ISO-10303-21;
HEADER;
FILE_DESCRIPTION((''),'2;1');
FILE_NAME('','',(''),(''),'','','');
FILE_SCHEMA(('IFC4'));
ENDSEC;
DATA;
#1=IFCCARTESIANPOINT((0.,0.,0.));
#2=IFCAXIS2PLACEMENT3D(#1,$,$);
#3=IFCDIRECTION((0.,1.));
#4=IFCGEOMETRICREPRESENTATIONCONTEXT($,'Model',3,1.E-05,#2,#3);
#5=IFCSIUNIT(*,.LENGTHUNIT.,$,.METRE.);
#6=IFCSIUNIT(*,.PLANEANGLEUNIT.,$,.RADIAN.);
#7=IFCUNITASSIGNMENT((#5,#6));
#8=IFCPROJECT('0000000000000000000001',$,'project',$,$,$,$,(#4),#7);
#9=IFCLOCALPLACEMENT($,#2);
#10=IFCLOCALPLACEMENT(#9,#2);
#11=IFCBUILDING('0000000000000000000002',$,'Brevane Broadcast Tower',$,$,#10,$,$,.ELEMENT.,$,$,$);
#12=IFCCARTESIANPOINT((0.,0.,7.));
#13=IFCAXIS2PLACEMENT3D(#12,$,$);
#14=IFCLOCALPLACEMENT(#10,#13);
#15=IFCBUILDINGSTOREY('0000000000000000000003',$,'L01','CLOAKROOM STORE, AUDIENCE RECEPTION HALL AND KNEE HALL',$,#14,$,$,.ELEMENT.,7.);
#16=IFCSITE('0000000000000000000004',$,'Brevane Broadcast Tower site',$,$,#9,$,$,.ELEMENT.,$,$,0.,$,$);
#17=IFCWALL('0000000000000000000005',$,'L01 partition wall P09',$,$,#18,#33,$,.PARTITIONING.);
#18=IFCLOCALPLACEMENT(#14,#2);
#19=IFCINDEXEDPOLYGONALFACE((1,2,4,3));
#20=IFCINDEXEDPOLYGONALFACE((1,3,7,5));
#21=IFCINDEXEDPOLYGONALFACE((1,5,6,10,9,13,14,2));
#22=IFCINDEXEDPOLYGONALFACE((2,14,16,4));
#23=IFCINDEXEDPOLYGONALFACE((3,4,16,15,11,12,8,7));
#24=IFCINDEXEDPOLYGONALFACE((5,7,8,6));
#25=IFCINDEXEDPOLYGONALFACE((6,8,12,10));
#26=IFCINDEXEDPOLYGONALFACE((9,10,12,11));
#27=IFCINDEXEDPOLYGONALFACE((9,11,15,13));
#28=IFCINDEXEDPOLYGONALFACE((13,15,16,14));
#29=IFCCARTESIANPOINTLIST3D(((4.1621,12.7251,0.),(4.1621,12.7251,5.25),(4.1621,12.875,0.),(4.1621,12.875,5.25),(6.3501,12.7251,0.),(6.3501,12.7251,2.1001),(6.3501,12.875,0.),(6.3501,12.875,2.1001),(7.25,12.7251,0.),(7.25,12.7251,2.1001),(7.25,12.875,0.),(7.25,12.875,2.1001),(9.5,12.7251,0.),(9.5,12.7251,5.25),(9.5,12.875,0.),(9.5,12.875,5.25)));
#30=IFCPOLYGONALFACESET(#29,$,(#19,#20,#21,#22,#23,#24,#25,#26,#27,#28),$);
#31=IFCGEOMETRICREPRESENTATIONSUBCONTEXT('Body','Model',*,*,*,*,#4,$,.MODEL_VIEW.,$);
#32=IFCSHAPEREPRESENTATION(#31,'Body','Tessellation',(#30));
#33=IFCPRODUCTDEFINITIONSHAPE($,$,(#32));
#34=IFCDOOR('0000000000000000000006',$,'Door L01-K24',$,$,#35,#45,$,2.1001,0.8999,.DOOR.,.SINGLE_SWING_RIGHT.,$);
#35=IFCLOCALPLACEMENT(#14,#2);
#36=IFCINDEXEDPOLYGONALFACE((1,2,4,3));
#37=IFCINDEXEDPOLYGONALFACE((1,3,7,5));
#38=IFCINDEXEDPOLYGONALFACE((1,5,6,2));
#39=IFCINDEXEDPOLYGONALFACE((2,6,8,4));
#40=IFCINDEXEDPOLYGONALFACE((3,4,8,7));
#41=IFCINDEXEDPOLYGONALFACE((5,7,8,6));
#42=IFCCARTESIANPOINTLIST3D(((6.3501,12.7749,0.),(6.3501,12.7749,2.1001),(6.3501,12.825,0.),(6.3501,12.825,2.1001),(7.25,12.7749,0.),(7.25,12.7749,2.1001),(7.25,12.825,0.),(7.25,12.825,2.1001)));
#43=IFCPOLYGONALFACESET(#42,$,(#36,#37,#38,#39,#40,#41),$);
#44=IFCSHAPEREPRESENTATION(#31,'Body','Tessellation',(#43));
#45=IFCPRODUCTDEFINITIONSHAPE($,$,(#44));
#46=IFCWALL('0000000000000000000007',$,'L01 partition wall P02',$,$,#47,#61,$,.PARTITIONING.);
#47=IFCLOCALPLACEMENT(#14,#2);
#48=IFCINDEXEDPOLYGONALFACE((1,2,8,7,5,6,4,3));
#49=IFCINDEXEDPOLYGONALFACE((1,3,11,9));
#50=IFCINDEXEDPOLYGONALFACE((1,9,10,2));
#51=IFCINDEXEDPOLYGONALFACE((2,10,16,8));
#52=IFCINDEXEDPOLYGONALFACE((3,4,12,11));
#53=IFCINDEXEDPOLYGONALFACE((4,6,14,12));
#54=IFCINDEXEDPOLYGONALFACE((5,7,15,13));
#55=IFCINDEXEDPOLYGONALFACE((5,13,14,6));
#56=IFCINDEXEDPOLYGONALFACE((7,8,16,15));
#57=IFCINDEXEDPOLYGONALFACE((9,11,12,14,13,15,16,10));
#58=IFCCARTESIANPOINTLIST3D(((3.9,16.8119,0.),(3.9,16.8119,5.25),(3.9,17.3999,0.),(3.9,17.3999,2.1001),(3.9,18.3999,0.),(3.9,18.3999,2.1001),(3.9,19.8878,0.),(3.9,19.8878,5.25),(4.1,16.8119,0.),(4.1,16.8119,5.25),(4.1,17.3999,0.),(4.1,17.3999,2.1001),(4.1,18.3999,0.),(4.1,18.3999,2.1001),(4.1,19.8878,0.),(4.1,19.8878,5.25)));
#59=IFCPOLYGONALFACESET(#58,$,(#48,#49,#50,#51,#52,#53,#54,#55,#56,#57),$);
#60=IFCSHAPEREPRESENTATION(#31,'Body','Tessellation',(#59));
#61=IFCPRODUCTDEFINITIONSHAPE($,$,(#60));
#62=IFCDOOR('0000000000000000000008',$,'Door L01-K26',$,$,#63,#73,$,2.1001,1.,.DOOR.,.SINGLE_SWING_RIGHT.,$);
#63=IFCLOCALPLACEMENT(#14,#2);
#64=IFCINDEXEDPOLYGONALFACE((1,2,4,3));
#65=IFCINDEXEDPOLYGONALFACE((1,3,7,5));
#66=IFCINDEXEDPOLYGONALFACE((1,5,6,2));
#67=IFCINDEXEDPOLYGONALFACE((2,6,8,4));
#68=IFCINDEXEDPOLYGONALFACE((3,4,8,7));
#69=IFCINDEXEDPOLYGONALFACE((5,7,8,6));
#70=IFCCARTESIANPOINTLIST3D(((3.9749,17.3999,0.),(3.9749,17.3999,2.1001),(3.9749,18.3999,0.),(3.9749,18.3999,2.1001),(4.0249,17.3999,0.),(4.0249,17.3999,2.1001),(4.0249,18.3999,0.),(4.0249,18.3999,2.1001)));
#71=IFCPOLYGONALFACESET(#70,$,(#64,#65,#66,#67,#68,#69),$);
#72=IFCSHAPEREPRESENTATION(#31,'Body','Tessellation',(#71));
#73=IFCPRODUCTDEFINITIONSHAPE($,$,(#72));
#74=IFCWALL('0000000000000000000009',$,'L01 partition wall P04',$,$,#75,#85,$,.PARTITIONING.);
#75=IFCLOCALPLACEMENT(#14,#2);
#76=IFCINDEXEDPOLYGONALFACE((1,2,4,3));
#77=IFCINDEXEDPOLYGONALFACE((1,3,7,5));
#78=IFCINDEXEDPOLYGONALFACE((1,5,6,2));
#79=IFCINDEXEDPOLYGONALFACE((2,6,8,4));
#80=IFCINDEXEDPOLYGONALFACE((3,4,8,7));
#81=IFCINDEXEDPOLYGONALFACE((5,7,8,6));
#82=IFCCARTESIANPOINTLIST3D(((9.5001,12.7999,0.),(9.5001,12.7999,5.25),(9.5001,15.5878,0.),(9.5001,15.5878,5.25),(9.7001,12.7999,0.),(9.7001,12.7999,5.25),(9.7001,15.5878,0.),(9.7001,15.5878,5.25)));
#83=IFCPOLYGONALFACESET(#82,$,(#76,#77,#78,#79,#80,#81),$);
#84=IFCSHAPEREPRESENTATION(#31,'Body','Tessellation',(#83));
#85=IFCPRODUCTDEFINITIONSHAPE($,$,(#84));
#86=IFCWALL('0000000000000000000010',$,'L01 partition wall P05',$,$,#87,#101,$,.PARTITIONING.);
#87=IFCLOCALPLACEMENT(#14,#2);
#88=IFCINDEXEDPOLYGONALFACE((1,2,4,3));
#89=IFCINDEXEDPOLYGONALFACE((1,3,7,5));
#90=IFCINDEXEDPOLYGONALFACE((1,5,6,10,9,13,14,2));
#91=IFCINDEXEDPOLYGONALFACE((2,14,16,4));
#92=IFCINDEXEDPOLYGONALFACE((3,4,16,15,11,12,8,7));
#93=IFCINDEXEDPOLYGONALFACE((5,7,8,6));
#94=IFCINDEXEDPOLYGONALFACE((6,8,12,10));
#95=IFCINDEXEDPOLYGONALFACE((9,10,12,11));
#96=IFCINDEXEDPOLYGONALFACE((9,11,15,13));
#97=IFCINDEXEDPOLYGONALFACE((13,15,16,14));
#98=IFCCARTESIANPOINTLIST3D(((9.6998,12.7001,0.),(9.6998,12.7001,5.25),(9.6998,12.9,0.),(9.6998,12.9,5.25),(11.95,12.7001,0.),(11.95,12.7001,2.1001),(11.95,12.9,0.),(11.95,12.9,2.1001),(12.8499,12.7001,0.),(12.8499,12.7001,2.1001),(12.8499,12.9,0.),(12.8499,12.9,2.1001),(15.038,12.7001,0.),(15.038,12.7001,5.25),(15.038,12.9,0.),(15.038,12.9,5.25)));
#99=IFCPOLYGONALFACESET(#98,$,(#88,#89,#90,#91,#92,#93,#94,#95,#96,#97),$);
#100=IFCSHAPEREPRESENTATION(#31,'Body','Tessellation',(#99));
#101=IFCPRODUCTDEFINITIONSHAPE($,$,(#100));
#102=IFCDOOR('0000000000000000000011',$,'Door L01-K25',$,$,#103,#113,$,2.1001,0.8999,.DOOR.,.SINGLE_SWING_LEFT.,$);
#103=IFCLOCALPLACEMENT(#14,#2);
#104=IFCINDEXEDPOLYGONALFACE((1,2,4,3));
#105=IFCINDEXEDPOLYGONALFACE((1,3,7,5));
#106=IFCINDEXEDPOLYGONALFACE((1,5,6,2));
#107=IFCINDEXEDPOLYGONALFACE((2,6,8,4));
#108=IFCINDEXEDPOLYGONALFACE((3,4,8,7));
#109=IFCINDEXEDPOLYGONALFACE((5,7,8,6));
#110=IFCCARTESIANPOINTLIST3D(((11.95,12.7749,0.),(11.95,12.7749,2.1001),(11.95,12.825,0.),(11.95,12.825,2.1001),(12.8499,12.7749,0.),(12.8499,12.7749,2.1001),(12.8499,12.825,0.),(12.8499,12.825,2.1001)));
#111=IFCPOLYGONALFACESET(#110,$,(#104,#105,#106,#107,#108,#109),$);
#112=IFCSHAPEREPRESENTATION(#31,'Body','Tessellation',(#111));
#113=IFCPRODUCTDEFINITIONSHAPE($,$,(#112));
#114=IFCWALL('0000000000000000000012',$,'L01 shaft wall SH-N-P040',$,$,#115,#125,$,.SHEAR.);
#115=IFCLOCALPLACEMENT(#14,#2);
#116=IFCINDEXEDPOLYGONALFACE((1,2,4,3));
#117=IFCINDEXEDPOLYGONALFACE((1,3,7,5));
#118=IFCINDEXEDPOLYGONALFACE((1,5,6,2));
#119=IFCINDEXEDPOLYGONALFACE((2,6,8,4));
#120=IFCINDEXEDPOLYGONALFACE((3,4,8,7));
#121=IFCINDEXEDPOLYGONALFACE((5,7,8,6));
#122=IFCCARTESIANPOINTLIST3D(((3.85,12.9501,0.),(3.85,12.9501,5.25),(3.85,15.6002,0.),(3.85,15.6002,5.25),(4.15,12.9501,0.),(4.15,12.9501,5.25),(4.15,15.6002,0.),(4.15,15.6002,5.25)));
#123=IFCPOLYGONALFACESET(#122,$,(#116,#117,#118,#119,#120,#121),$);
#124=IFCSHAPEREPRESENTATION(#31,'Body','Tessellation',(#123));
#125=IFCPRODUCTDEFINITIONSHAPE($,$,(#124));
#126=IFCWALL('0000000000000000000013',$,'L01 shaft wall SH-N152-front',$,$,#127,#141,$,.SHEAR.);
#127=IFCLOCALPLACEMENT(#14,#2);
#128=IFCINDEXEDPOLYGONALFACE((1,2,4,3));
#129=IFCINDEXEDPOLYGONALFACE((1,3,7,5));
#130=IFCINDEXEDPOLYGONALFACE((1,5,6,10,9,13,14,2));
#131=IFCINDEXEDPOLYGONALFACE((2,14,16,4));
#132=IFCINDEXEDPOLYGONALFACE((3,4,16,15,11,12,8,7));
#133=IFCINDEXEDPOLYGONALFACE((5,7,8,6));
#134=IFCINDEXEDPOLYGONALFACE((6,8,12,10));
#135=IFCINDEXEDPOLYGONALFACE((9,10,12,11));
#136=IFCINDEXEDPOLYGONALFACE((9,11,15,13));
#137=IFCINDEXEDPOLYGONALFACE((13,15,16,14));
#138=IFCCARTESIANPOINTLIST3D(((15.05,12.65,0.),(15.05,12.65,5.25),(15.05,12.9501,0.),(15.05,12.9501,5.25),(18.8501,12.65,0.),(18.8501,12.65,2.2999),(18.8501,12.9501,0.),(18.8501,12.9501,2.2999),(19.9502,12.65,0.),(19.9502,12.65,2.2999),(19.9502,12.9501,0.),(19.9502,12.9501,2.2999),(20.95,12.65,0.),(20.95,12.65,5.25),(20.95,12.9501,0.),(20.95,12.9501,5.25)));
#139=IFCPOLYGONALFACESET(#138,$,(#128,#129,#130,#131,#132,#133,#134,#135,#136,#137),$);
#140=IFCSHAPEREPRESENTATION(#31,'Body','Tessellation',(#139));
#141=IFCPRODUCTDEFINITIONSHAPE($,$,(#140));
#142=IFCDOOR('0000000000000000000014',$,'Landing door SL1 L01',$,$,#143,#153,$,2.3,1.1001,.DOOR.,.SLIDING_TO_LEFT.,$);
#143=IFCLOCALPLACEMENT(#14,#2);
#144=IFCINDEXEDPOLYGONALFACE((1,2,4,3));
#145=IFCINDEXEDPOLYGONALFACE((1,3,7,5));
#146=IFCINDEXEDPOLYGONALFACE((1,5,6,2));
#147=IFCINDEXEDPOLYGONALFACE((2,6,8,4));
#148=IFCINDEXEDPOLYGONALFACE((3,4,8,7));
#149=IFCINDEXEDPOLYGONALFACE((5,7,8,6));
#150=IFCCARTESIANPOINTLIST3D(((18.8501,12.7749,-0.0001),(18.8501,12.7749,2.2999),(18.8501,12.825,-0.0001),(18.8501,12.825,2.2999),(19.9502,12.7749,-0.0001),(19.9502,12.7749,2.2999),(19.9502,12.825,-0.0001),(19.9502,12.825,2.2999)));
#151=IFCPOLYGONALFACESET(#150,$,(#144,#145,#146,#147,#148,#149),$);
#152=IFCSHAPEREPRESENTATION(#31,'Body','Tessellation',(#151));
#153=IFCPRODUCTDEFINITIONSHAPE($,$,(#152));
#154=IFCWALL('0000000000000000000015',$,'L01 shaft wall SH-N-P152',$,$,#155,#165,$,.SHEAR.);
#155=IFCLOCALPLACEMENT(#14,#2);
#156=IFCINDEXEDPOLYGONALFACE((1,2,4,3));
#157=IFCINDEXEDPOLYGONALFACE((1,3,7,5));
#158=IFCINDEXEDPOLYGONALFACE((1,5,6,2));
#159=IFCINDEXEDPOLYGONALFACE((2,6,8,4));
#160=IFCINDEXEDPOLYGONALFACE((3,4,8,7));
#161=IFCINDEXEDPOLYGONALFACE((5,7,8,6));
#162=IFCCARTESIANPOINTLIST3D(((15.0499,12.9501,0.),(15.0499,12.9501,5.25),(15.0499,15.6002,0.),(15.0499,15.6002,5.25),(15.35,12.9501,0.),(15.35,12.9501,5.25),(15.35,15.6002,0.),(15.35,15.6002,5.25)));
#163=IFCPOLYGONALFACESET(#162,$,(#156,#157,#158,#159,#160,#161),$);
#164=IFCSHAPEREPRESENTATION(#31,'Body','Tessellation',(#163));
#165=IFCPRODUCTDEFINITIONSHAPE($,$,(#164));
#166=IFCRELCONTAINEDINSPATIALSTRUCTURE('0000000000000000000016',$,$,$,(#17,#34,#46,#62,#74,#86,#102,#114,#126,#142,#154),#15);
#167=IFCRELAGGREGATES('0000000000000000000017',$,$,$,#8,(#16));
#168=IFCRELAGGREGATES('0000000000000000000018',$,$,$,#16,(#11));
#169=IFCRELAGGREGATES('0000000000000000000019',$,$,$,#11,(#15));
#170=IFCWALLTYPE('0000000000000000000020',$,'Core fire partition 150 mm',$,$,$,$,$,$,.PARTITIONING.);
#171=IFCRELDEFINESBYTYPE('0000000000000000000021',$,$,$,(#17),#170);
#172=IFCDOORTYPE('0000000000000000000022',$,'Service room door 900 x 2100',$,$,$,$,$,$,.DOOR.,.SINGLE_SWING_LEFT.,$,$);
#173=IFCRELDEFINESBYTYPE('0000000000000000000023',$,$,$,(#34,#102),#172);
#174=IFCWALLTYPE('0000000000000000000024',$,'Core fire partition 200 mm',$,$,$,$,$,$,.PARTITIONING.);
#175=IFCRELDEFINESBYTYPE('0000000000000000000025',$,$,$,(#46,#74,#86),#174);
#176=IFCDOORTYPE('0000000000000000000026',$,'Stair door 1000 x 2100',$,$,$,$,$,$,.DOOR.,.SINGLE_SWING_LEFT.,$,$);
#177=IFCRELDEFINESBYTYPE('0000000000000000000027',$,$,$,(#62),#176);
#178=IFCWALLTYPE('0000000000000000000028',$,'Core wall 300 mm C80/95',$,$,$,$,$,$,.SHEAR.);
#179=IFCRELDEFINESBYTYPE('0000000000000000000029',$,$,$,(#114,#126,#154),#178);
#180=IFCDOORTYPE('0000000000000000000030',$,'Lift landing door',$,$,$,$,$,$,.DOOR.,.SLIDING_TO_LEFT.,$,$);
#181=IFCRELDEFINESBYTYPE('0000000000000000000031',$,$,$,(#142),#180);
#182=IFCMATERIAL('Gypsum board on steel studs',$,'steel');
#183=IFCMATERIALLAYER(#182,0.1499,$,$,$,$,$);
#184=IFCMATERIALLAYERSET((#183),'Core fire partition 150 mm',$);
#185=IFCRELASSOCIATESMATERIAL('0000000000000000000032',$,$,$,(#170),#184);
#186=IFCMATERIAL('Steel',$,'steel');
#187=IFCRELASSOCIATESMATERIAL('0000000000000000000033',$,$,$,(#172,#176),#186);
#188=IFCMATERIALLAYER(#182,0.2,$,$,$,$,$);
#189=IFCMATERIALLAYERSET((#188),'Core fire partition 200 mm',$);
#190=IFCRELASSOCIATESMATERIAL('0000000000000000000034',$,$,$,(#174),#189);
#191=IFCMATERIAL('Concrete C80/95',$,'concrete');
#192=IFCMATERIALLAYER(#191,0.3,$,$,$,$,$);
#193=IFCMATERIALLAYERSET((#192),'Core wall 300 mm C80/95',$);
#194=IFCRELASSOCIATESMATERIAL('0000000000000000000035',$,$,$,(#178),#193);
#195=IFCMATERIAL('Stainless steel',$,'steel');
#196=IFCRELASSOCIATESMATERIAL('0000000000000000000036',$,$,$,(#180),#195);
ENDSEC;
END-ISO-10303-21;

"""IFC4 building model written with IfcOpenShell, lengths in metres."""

from ifc_helpers import new_model, si_unit, direction, frame, frame_2d, origin, place, context, subcontext, project, spatial, rectangle, extrude, material, layer, layer_set, type_object, element, fill, save


model = new_model("IFC4")

# Units and contexts
model_context = context("Model", 3, precision=1e-05, world=origin(), true_north=direction((0.0, 1.0)))
body_context = subcontext(model_context, "Body", "Model", "MODEL_VIEW")
ifc_project = project(units=[si_unit("LENGTHUNIT", "METRE"), si_unit("PLANEANGLEUNIT", "RADIAN")], contexts=[model_context])

# Site, building, storey
site_placement = place(None, origin())
site = spatial("IfcSite", under=ifc_project, at=site_placement, Name="Brevane Broadcast Tower site", CompositionType="ELEMENT", RefElevation=0.0)
building_placement = place(site_placement, origin())
building = spatial("IfcBuilding", under=site, at=building_placement, Name="Brevane Broadcast Tower", CompositionType="ELEMENT")
storey_placement = place(building_placement, frame((0.0, 0.0, 7.0)))
storey = spatial("IfcBuildingStorey", under=building, at=storey_placement, Name="L01", Description="CLOAKROOM STORE, AUDIENCE RECEPTION HALL AND KNEE HALL", CompositionType="ELEMENT", Elevation=7.0)

# Walls, openings, doors
ifc_material_1 = material(Name="Gypsum board on steel studs", Category="steel")
ifc_layer_1 = layer(ifc_material_1, 0.1499)
ifc_layer_set_1 = layer_set([ifc_layer_1], Name="Core fire partition 150 mm")
wall_type_1 = type_object("IfcWallType", Name="Core fire partition 150 mm", PredefinedType="PARTITIONING", material=ifc_layer_set_1)
wall_1_placement = place(storey_placement, frame((4.1621, 12.8, 0.0), z_axis=(0.0, 0.0, 1.0), x_axis=(1.0, 0.0, 0.0)))
wall_1 = element("IfcWall", 1, at=wall_1_placement, inside=storey, type_object=wall_type_1, Name="L01 partition wall P09", PredefinedType="PARTITIONING", context=body_context, shape_type="SweptSolid", body=[
    extrude(rectangle(XDim=5.3379, YDim=0.1499, at=frame_2d((2.6689, 0.0))), origin(), (0.0, 0.0, 1.0), 5.25),
])
opening_1_placement = place(wall_1_placement, frame((2.188, 0.0, 0.0)))
opening_1 = element("IfcOpeningElement", 2, at=opening_1_placement, cuts=wall_1, PredefinedType="OPENING", context=body_context, shape_type="SweptSolid", body=[
    extrude(rectangle(XDim=0.8999, YDim=2.1001, at=frame_2d((0.45, 1.05))), frame((0.0, 0.085, 0.0), z_axis=(0.0, -1.0, 0.0), x_axis=(1.0, 0.0, 0.0)), (0.0, 0.0, 1.0), 0.1699),
])
ifc_material_2 = material(Name="Steel", Category="steel")
door_type_1 = type_object("IfcDoorType", Name="Service room door 900 x 2100", OperationType="SINGLE_SWING_LEFT", PredefinedType="DOOR", material=ifc_material_2)
door_1_placement = place(opening_1_placement, origin())
door_1 = element("IfcDoor", 3, at=door_1_placement, inside=storey, type_object=door_type_1, Name="Door L01-K24", OperationType="SINGLE_SWING_RIGHT", OverallHeight=2.1001, OverallWidth=0.8999, PredefinedType="DOOR", context=body_context, shape_type="SweptSolid", body=[
    extrude(rectangle(XDim=0.8999, YDim=2.1001, at=frame_2d((0.45, 1.05))), frame((0.0, 0.0249, 0.0), z_axis=(0.0, -1.0, 0.0), x_axis=(1.0, 0.0, 0.0)), (0.0, 0.0, 1.0), 0.05),
])
fill(opening_1, door_1)
ifc_layer_2 = layer(ifc_material_1, 0.2)
ifc_layer_set_2 = layer_set([ifc_layer_2], Name="Core fire partition 200 mm")
wall_type_2 = type_object("IfcWallType", Name="Core fire partition 200 mm", PredefinedType="PARTITIONING", material=ifc_layer_set_2)
wall_2_placement = place(storey_placement, frame((4.0, 19.8879, 0.0), z_axis=(0.0, 0.0, 1.0), x_axis=(0.0, -1.0, 0.0)))
wall_2 = element("IfcWall", 4, at=wall_2_placement, inside=storey, type_object=wall_type_2, Name="L01 partition wall P02", PredefinedType="PARTITIONING", context=body_context, shape_type="SweptSolid", body=[
    extrude(rectangle(XDim=3.0759, YDim=0.2, at=frame_2d((1.5381, 0.0))), origin(), (0.0, 0.0, 1.0), 5.25),
])
opening_2_placement = place(wall_2_placement, frame((1.488, 0.0, 0.0)))
opening_2 = element("IfcOpeningElement", 5, at=opening_2_placement, cuts=wall_2, PredefinedType="OPENING", context=body_context, shape_type="SweptSolid", body=[
    extrude(rectangle(XDim=1.0, YDim=2.1001, at=frame_2d((0.5, 1.05))), frame((0.0, 0.1099, 0.0), z_axis=(0.0, -1.0, 0.0), x_axis=(1.0, 0.0, 0.0)), (0.0, 0.0, 1.0), 0.22),
])
door_type_2 = type_object("IfcDoorType", Name="Stair door 1000 x 2100", OperationType="SINGLE_SWING_LEFT", PredefinedType="DOOR", material=ifc_material_2)
door_2_placement = place(opening_2_placement, origin())
door_2 = element("IfcDoor", 6, at=door_2_placement, inside=storey, type_object=door_type_2, Name="Door L01-K26", OperationType="SINGLE_SWING_RIGHT", OverallHeight=2.1001, OverallWidth=1.0, PredefinedType="DOOR", context=body_context, shape_type="SweptSolid", body=[
    extrude(rectangle(XDim=1.0, YDim=2.1001, at=frame_2d((0.5, 1.05))), frame((0.0, 0.0249, 0.0), z_axis=(0.0, -1.0, 0.0), x_axis=(1.0, 0.0, 0.0)), (0.0, 0.0, 1.0), 0.05),
])
fill(opening_2, door_2)

# Wall
wall_3_placement = place(storey_placement, frame((9.6001, 15.5879, 0.0), z_axis=(0.0, 0.0, 1.0), x_axis=(0.0, -1.0, 0.0)))
element("IfcWall", 7, at=wall_3_placement, inside=storey, type_object=wall_type_2, Name="L01 partition wall P04", PredefinedType="PARTITIONING", context=body_context, shape_type="SweptSolid", body=[
    extrude(rectangle(XDim=2.7878, YDim=0.2, at=frame_2d((1.394, 0.0))), origin(), (0.0, 0.0, 1.0), 5.25),
])

# Wall, opening, door
wall_4_placement = place(storey_placement, frame((9.7, 12.8, 0.0), z_axis=(0.0, 0.0, 1.0), x_axis=(1.0, 0.0, 0.0)))
wall_4 = element("IfcWall", 8, at=wall_4_placement, inside=storey, type_object=wall_type_2, Name="L01 partition wall P05", PredefinedType="PARTITIONING", context=body_context, shape_type="SweptSolid", body=[
    extrude(rectangle(XDim=5.3381, YDim=0.2, at=frame_2d((2.6689, 0.0))), origin(), (0.0, 0.0, 1.0), 5.25),
])
opening_3_placement = place(wall_4_placement, frame((2.25, 0.0, 0.0)))
opening_3 = element("IfcOpeningElement", 9, at=opening_3_placement, cuts=wall_4, PredefinedType="OPENING", context=body_context, shape_type="SweptSolid", body=[
    extrude(rectangle(XDim=0.8999, YDim=2.1001, at=frame_2d((0.45, 1.05))), frame((0.0, 0.1099, 0.0), z_axis=(0.0, -1.0, 0.0), x_axis=(1.0, 0.0, 0.0)), (0.0, 0.0, 1.0), 0.22),
])
door_3_placement = place(opening_3_placement, origin())
door_3 = element("IfcDoor", 10, at=door_3_placement, inside=storey, type_object=door_type_1, Name="Door L01-K25", OperationType="SINGLE_SWING_LEFT", OverallHeight=2.1001, OverallWidth=0.8999, PredefinedType="DOOR", context=body_context, shape_type="SweptSolid", body=[
    extrude(rectangle(XDim=0.8999, YDim=2.1001, at=frame_2d((0.45, 1.05))), frame((0.0, 0.0249, 0.0), z_axis=(0.0, -1.0, 0.0), x_axis=(1.0, 0.0, 0.0)), (0.0, 0.0, 1.0), 0.05),
])
fill(opening_3, door_3)

# Wall
ifc_material_3 = material(Name="Concrete C80/95", Category="concrete")
ifc_layer_3 = layer(ifc_material_3, 0.3)
ifc_layer_set_3 = layer_set([ifc_layer_3], Name="Core wall 300 mm C80/95")
wall_type_3 = type_object("IfcWallType", Name="Core wall 300 mm C80/95", PredefinedType="SHEAR", material=ifc_layer_set_3)
wall_5_placement = place(storey_placement, frame((4.0, 12.95, 0.0), z_axis=(0.0, 0.0, 1.0), x_axis=(0.0, 1.0, 0.0)))
element("IfcWall", 11, at=wall_5_placement, inside=storey, type_object=wall_type_3, Name="L01 shaft wall SH-N-P040", PredefinedType="SHEAR", context=body_context, shape_type="SweptSolid", body=[
    extrude(rectangle(XDim=2.6501, YDim=0.3, at=frame_2d((1.3252, 0.0))), origin(), (0.0, 0.0, 1.0), 5.25),
])

# Wall, opening, door
wall_6_placement = place(storey_placement, frame((15.05, 12.8, 0.0), z_axis=(0.0, 0.0, 1.0), x_axis=(1.0, 0.0, 0.0)))
wall_6 = element("IfcWall", 12, at=wall_6_placement, inside=storey, type_object=wall_type_3, Name="L01 shaft wall SH-N152-front", PredefinedType="SHEAR", context=body_context, shape_type="SweptSolid", body=[
    extrude(rectangle(XDim=5.8999, YDim=0.3, at=frame_2d((2.95, 0.0))), origin(), (0.0, 0.0, 1.0), 5.25),
])
opening_4_placement = place(wall_6_placement, frame((3.8, 0.0, 0.0)))
opening_4 = element("IfcOpeningElement", 13, at=opening_4_placement, cuts=wall_6, PredefinedType="OPENING", context=body_context, shape_type="SweptSolid", body=[
    extrude(rectangle(XDim=1.1001, YDim=2.3, at=frame_2d((0.55, 1.1499))), frame((0.0, 0.1599, 0.0), z_axis=(0.0, -1.0, 0.0), x_axis=(1.0, 0.0, 0.0)), (0.0, 0.0, 1.0), 0.3201),
])
ifc_material_4 = material(Name="Stainless steel", Category="steel")
door_type_3 = type_object("IfcDoorType", Name="Lift landing door", OperationType="SLIDING_TO_LEFT", PredefinedType="DOOR", material=ifc_material_4)
door_4_placement = place(opening_4_placement, origin())
door_4 = element("IfcDoor", 14, at=door_4_placement, inside=storey, type_object=door_type_3, Name="Landing door SL1 L01", OperationType="SLIDING_TO_LEFT", OverallHeight=2.3, OverallWidth=1.1001, PredefinedType="DOOR", context=body_context, shape_type="SweptSolid", body=[
    extrude(rectangle(XDim=1.1001, YDim=2.3, at=frame_2d((0.55, 1.1499))), frame((0.0, 0.0249, 0.0), z_axis=(0.0, -1.0, 0.0), x_axis=(1.0, 0.0, 0.0)), (0.0, 0.0, 1.0), 0.05),
])
fill(opening_4, door_4)

# Wall
wall_7_placement = place(storey_placement, frame((15.2, 12.95, 0.0), z_axis=(0.0, 0.0, 1.0), x_axis=(0.0, 1.0, 0.0)))
element("IfcWall", 15, at=wall_7_placement, inside=storey, type_object=wall_type_3, Name="L01 shaft wall SH-N-P152", PredefinedType="SHEAR", context=body_context, shape_type="SweptSolid", body=[
    extrude(rectangle(XDim=2.6501, YDim=0.3, at=frame_2d((1.3252, 0.0))), origin(), (0.0, 0.0, 1.0), 5.25),
])

save(model, "model.ifc")
